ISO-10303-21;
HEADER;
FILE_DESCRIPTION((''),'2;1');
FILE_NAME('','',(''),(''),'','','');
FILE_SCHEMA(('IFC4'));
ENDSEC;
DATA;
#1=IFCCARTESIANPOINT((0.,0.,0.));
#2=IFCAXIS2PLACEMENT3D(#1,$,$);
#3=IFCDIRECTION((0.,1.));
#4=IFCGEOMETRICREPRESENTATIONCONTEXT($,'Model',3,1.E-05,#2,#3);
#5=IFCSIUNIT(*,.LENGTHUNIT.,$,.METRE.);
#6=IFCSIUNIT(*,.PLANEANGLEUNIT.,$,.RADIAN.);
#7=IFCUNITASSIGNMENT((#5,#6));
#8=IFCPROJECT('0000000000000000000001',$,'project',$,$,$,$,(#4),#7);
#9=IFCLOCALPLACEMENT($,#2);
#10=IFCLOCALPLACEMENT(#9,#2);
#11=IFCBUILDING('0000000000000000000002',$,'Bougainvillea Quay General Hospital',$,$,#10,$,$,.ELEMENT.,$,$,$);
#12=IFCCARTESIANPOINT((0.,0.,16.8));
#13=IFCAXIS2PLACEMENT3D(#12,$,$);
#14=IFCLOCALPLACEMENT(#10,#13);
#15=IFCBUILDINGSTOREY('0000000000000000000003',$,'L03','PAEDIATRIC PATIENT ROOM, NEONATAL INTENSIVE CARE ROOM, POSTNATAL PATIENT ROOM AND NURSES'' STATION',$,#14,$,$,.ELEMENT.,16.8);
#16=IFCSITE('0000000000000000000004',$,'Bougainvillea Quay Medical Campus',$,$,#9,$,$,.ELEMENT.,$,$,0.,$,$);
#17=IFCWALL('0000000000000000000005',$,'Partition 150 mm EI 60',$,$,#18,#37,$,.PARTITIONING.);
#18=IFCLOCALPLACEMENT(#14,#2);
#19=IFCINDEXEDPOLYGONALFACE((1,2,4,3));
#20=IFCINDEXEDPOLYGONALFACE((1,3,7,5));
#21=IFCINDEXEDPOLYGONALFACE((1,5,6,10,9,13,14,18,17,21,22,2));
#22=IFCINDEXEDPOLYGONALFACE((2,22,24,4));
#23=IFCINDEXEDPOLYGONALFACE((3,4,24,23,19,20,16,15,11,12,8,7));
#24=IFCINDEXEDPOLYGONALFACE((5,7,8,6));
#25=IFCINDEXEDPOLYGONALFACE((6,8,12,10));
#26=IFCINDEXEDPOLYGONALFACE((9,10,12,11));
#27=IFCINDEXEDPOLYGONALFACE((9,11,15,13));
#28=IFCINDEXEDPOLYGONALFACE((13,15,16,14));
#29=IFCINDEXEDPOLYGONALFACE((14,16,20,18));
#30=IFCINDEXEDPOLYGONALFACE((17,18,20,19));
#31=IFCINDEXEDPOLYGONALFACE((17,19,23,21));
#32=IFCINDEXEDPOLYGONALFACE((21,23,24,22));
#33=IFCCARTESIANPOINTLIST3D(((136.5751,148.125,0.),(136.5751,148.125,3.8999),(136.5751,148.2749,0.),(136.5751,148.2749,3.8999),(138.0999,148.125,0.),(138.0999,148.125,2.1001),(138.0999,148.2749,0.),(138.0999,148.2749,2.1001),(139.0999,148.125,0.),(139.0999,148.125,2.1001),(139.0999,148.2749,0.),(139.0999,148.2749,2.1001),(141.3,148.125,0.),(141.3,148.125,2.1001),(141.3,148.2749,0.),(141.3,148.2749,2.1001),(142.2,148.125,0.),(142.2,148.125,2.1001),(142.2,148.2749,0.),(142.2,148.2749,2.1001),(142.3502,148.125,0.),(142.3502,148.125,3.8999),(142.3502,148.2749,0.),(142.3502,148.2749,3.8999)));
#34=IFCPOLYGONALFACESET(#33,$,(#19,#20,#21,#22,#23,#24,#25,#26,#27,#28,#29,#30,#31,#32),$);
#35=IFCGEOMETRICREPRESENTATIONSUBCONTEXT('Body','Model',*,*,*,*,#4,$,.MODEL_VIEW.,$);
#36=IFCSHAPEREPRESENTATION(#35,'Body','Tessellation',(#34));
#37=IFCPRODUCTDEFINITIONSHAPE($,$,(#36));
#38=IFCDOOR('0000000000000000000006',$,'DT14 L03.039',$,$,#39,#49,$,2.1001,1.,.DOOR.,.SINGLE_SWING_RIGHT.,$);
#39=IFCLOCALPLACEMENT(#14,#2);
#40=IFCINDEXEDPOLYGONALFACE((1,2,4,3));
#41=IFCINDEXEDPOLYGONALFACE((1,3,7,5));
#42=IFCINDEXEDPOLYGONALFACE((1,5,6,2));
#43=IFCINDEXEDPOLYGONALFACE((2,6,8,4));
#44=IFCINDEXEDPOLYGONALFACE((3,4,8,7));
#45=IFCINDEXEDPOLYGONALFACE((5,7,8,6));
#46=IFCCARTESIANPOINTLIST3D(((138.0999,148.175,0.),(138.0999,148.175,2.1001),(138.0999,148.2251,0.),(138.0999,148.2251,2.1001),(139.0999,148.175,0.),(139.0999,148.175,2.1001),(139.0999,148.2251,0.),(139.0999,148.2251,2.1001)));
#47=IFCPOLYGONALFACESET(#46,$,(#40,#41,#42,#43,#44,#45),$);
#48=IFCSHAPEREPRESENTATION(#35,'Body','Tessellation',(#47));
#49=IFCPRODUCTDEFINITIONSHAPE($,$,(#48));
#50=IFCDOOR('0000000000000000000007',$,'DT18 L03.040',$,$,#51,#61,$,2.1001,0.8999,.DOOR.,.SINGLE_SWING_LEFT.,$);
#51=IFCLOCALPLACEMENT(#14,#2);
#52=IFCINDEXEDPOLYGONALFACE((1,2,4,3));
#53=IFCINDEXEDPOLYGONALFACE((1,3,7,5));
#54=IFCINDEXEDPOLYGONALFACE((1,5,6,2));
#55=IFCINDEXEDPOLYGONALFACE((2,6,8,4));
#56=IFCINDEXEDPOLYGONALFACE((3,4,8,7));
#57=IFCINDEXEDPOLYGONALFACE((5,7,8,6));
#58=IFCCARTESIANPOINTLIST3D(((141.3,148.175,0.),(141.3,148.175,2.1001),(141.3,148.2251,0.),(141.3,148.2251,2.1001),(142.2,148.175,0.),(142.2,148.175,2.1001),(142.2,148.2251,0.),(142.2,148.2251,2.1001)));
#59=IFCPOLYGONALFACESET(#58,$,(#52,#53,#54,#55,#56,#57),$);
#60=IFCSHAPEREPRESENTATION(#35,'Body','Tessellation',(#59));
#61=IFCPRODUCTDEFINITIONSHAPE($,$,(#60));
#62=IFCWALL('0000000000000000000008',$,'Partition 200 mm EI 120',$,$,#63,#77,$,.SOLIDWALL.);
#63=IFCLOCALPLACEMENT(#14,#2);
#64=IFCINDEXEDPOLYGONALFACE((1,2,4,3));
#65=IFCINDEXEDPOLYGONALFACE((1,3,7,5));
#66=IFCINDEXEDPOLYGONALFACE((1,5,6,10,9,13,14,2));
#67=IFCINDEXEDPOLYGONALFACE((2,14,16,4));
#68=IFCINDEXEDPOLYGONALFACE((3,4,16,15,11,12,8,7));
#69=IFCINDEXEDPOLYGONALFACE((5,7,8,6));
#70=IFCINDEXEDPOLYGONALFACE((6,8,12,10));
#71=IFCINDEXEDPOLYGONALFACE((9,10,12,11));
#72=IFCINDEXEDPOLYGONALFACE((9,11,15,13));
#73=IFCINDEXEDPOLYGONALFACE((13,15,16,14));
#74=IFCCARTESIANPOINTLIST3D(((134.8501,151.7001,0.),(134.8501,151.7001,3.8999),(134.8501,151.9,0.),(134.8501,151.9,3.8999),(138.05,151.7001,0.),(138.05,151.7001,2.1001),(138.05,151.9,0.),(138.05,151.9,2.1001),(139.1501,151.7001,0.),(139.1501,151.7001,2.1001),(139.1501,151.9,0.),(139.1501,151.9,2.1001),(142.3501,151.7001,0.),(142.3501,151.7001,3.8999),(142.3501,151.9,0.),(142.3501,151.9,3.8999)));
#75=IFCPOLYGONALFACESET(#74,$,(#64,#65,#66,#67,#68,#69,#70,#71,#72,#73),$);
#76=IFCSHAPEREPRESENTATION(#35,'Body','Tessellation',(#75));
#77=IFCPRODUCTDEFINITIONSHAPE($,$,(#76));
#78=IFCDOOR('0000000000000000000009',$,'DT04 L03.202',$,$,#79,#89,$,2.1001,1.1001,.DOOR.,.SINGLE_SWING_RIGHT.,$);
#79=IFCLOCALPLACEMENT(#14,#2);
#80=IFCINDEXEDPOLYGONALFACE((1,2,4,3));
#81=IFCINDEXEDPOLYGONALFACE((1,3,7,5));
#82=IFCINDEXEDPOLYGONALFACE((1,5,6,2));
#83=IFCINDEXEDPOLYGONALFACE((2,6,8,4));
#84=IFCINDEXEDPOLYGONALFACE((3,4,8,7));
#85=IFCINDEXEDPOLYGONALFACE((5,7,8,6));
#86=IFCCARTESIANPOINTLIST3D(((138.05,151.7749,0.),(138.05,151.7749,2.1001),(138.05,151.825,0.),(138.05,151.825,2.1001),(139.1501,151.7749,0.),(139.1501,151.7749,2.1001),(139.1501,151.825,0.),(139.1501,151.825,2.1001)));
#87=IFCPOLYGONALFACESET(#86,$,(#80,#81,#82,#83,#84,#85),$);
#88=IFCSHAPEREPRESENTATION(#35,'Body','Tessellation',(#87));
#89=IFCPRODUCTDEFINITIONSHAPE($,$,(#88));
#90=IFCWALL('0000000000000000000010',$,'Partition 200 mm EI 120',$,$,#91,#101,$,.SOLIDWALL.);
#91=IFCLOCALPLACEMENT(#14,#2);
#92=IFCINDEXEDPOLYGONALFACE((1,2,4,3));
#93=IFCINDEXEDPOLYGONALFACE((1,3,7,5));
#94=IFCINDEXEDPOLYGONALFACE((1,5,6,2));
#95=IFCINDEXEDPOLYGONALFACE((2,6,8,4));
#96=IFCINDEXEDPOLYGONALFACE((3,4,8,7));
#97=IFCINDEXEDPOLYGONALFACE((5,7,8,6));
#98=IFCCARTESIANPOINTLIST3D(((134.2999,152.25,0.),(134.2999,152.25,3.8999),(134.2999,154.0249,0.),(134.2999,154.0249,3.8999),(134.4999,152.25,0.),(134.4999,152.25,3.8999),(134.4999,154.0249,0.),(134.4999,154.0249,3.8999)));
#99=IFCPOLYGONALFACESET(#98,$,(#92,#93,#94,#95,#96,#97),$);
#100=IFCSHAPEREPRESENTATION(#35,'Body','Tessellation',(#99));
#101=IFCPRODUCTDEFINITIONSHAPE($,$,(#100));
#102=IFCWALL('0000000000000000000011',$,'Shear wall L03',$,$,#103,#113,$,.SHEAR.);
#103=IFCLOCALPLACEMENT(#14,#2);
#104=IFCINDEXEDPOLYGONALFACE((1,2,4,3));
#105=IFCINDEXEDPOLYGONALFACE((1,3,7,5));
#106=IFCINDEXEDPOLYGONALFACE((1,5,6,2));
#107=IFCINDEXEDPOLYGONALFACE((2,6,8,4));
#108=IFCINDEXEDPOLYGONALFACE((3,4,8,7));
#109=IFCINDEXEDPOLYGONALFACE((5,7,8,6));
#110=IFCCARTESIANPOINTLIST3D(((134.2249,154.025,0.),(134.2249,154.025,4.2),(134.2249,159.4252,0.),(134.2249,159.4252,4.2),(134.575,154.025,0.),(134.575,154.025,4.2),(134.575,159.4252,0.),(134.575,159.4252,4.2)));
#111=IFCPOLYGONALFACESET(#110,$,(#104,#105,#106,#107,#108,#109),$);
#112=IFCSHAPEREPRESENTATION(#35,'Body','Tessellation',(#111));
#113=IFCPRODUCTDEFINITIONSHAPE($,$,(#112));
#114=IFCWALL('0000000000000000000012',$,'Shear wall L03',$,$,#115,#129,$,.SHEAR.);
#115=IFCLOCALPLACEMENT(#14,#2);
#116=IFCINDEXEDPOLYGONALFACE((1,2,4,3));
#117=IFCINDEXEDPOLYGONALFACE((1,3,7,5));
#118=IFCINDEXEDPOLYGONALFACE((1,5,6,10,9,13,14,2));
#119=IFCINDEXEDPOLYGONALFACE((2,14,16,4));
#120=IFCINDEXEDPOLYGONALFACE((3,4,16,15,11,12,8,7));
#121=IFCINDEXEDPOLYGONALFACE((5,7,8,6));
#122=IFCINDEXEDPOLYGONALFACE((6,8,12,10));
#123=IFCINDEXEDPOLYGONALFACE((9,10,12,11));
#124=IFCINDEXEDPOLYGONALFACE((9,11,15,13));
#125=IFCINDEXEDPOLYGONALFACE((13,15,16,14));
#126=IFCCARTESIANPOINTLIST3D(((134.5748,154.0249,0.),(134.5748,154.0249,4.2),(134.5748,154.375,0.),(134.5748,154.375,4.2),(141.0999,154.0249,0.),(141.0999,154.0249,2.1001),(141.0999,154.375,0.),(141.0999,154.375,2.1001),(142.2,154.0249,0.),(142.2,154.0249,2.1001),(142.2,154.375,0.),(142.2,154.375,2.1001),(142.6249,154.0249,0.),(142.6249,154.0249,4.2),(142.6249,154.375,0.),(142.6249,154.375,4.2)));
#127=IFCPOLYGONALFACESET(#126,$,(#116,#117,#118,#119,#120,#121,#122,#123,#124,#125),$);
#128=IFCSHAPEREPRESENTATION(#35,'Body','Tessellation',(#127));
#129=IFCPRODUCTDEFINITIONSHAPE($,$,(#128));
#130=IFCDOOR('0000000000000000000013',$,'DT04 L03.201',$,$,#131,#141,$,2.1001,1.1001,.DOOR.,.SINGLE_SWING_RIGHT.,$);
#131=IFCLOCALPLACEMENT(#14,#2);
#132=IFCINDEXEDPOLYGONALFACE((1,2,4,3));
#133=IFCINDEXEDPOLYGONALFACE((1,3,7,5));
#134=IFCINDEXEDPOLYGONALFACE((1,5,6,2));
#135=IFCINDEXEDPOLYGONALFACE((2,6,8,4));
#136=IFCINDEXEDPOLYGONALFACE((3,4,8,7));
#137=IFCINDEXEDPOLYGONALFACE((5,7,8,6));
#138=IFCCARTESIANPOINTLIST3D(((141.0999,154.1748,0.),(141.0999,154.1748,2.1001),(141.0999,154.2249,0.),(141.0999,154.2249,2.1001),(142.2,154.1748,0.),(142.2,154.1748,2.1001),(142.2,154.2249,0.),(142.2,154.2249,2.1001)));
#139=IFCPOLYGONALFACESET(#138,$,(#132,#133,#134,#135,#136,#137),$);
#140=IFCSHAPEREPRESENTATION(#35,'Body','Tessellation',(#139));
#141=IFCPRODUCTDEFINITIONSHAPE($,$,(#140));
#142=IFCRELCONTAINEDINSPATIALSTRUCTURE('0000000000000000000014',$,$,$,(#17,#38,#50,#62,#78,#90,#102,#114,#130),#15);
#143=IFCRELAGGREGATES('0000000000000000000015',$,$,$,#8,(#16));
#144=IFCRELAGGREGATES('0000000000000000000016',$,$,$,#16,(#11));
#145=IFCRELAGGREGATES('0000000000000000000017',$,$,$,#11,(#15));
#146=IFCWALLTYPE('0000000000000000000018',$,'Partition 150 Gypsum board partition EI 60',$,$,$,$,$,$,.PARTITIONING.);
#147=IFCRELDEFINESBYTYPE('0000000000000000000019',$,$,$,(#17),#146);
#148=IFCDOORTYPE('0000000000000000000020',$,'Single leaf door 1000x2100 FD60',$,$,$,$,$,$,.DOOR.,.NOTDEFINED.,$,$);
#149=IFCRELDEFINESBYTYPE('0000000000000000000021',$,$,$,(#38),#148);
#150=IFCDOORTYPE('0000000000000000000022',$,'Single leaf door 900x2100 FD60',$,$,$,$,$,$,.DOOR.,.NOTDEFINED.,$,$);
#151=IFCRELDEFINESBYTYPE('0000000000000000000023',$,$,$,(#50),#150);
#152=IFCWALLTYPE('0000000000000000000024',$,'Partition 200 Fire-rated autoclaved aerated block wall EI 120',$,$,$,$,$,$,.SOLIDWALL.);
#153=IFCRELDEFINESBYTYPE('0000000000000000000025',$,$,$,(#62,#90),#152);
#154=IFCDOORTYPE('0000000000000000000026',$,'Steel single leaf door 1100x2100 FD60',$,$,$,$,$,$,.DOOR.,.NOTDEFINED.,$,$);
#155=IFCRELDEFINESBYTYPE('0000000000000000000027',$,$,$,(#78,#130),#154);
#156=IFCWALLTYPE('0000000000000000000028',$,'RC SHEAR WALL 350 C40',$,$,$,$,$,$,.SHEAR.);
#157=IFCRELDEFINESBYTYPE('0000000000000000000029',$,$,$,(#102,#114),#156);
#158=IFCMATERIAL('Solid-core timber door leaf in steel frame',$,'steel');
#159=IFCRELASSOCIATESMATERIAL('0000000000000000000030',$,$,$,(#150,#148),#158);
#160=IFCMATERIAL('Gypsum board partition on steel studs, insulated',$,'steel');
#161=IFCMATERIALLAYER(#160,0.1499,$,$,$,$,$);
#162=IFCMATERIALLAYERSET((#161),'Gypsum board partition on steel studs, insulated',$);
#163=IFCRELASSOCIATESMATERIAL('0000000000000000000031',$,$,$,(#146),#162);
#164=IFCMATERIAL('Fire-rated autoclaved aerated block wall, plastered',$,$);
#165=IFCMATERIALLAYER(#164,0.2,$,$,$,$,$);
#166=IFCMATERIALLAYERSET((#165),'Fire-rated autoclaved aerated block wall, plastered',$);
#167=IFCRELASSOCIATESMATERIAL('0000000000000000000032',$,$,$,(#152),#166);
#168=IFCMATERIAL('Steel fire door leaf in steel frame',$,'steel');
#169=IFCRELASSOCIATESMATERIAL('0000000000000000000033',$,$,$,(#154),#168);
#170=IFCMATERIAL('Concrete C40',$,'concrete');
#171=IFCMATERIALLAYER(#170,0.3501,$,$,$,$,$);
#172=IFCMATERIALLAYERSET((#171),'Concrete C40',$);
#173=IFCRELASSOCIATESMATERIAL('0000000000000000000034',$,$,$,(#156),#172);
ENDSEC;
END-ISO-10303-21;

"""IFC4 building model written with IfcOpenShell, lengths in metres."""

from ifc_helpers import new_model, si_unit, direction, frame, frame_2d, origin, place, context, subcontext, project, spatial, rectangle, extrude, material, layer, layer_set, type_object, element, fill, save


model = new_model("IFC4")

# Units and contexts
model_context = context("Model", 3, precision=1e-05, world=origin(), true_north=direction((0.0, 1.0)))
body_context = subcontext(model_context, "Body", "Model", "MODEL_VIEW")
ifc_project = project(units=[si_unit("LENGTHUNIT", "METRE"), si_unit("PLANEANGLEUNIT", "RADIAN")], contexts=[model_context])

# Site, building, storey
site_placement = place(None, origin())
site = spatial("IfcSite", under=ifc_project, at=site_placement, Name="Bougainvillea Quay Medical Campus", CompositionType="ELEMENT", RefElevation=0.0)
building_placement = place(site_placement, origin())
building = spatial("IfcBuilding", under=site, at=building_placement, Name="Bougainvillea Quay General Hospital", CompositionType="ELEMENT")
storey_placement = place(building_placement, frame((0.0, 0.0, 16.8)))
storey = spatial("IfcBuildingStorey", under=building, at=storey_placement, Name="L03", Description="PAEDIATRIC PATIENT ROOM, NEONATAL INTENSIVE CARE ROOM, POSTNATAL PATIENT ROOM AND NURSES' STATION", CompositionType="ELEMENT", Elevation=16.8)

# Shared definitions
ifc_material_1 = material(Name="Concrete C40", Category="concrete")

# Shared definitions
ifc_material_2 = material(Name="Gypsum board partition on steel studs, insulated", Category="steel")
ifc_material_3 = material(Name="Solid-core timber door leaf in steel frame", Category="steel")

# Wall, openings, doors
door_type_1 = type_object("IfcDoorType", Name="Single leaf door 900x2100 FD60", OperationType="NOTDEFINED", PredefinedType="DOOR", material=ifc_material_3)
ifc_layer_1 = layer(ifc_material_2, 0.1499)
ifc_layer_set_1 = layer_set([ifc_layer_1], Name="Gypsum board partition on steel studs, insulated")
wall_type_1 = type_object("IfcWallType", Name="Partition 150 Gypsum board partition EI 60", PredefinedType="PARTITIONING", material=ifc_layer_set_1)
wall_1_placement = place(storey_placement, frame((136.575, 148.2, 0.0), z_axis=(0.0, 0.0, 1.0), x_axis=(1.0, 0.0, 0.0)))
wall_1 = element("IfcWall", 1, at=wall_1_placement, inside=storey, type_object=wall_type_1, Name="Partition 150 mm EI 60", PredefinedType="PARTITIONING", context=body_context, shape_type="SweptSolid", body=[
    extrude(rectangle(XDim=5.7751, YDim=0.1499, at=frame_2d((2.8877, 0.0))), origin(), (0.0, 0.0, 1.0), 3.8999),
])
opening_1_placement = place(wall_1_placement, frame((1.5249, 0.0, 0.0)))
opening_1 = element("IfcOpeningElement", 2, at=opening_1_placement, cuts=wall_1, PredefinedType="OPENING", context=body_context, shape_type="SweptSolid", body=[
    extrude(rectangle(XDim=1.0, YDim=2.1001, at=frame_2d((0.5, 1.05))), frame((0.0, 0.085, 0.0), z_axis=(0.0, -1.0, 0.0), x_axis=(1.0, 0.0, 0.0)), (0.0, 0.0, 1.0), 0.1699),
])
opening_2_placement = place(wall_1_placement, frame((4.7251, 0.0, 0.0)))
opening_2 = element("IfcOpeningElement", 3, at=opening_2_placement, cuts=wall_1, PredefinedType="OPENING", context=body_context, shape_type="SweptSolid", body=[
    extrude(rectangle(XDim=0.8999, YDim=2.1001, at=frame_2d((0.45, 1.05))), frame((0.0, 0.085, 0.0), z_axis=(0.0, -1.0, 0.0), x_axis=(1.0, 0.0, 0.0)), (0.0, 0.0, 1.0), 0.1699),
])
door_type_2 = type_object("IfcDoorType", Name="Single leaf door 1000x2100 FD60", OperationType="NOTDEFINED", PredefinedType="DOOR", material=ifc_material_3)
door_1_placement = place(opening_1_placement, frame((1.0, 0.0, 0.0), z_axis=(0.0, 0.0, 1.0), x_axis=(-1.0, 0.0, 0.0)))
door_1 = element("IfcDoor", 4, at=door_1_placement, inside=storey, type_object=door_type_2, Name="DT14 L03.039", OperationType="SINGLE_SWING_RIGHT", OverallHeight=2.1001, OverallWidth=1.0, PredefinedType="DOOR", context=body_context, shape_type="SweptSolid", body=[
    extrude(rectangle(XDim=1.0, YDim=2.1001, at=frame_2d((0.5, 1.05))), frame((0.0, 0.0249, 0.0), z_axis=(0.0, -1.0, 0.0), x_axis=(1.0, 0.0, 0.0)), (0.0, 0.0, 1.0), 0.05),
])
fill(opening_1, door_1)
door_2_placement = place(opening_2_placement, frame((0.8999, 0.0, 0.0), z_axis=(0.0, 0.0, 1.0), x_axis=(-1.0, 0.0, 0.0)))
door_2 = element("IfcDoor", 5, at=door_2_placement, inside=storey, type_object=door_type_1, Name="DT18 L03.040", OperationType="SINGLE_SWING_LEFT", OverallHeight=2.1001, OverallWidth=0.8999, PredefinedType="DOOR", context=body_context, shape_type="SweptSolid", body=[
    extrude(rectangle(XDim=0.8999, YDim=2.1001, at=frame_2d((0.45, 1.05))), frame((0.0, 0.0249, 0.0), z_axis=(0.0, -1.0, 0.0), x_axis=(1.0, 0.0, 0.0)), (0.0, 0.0, 1.0), 0.05),
])
fill(opening_2, door_2)

# Wall, opening, door
ifc_material_4 = material(Name="Fire-rated autoclaved aerated block wall, plastered")
ifc_layer_2 = layer(ifc_material_4, 0.2)
ifc_layer_set_2 = layer_set([ifc_layer_2], Name="Fire-rated autoclaved aerated block wall, plastered")
wall_type_2 = type_object("IfcWallType", Name="Partition 200 Fire-rated autoclaved aerated block wall EI 120", PredefinedType="SOLIDWALL", material=ifc_layer_set_2)
wall_2_placement = place(storey_placement, frame((134.8501, 151.8, 0.0), z_axis=(0.0, 0.0, 1.0), x_axis=(1.0, 0.0, 0.0)))
wall_2 = element("IfcWall", 6, at=wall_2_placement, inside=storey, type_object=wall_type_2, Name="Partition 200 mm EI 120", PredefinedType="SOLIDWALL", context=body_context, shape_type="SweptSolid", body=[
    extrude(rectangle(XDim=7.5, YDim=0.2, at=frame_2d((3.75, 0.0))), origin(), (0.0, 0.0, 1.0), 3.8999),
])
opening_3_placement = place(wall_2_placement, frame((3.2, 0.0, 0.0)))
opening_3 = element("IfcOpeningElement", 7, at=opening_3_placement, cuts=wall_2, PredefinedType="OPENING", context=body_context, shape_type="SweptSolid", body=[
    extrude(rectangle(XDim=1.1001, YDim=2.1001, at=frame_2d((0.55, 1.05))), frame((0.0, 0.1099, 0.0), z_axis=(0.0, -1.0, 0.0), x_axis=(1.0, 0.0, 0.0)), (0.0, 0.0, 1.0), 0.22),
])
ifc_material_5 = material(Name="Steel fire door leaf in steel frame", Category="steel")
door_type_3 = type_object("IfcDoorType", Name="Steel single leaf door 1100x2100 FD60", OperationType="NOTDEFINED", PredefinedType="DOOR", material=ifc_material_5)
door_3_placement = place(opening_3_placement, origin())
door_3 = element("IfcDoor", 8, at=door_3_placement, inside=storey, type_object=door_type_3, Name="DT04 L03.202", OperationType="SINGLE_SWING_RIGHT", OverallHeight=2.1001, OverallWidth=1.1001, PredefinedType="DOOR", context=body_context, shape_type="SweptSolid", body=[
    extrude(rectangle(XDim=1.1001, YDim=2.1001, at=frame_2d((0.55, 1.05))), frame((0.0, 0.0249, 0.0), z_axis=(0.0, -1.0, 0.0), x_axis=(1.0, 0.0, 0.0)), (0.0, 0.0, 1.0), 0.05),
])
fill(opening_3, door_3)

# Walls
wall_3_placement = place(storey_placement, frame((134.3999, 152.25, 0.0), z_axis=(0.0, 0.0, 1.0), x_axis=(0.0, 1.0, 0.0)))
element("IfcWall", 9, at=wall_3_placement, inside=storey, type_object=wall_type_2, Name="Partition 200 mm EI 120", PredefinedType="SOLIDWALL", context=body_context, shape_type="SweptSolid", body=[
    extrude(rectangle(XDim=1.7749, YDim=0.2, at=frame_2d((0.8875, 0.0))), origin(), (0.0, 0.0, 1.0), 3.8999),
])
ifc_layer_3 = layer(ifc_material_1, 0.3501)
ifc_layer_set_3 = layer_set([ifc_layer_3], Name="Concrete C40")
wall_type_3 = type_object("IfcWallType", Name="RC SHEAR WALL 350 C40", PredefinedType="SHEAR", material=ifc_layer_set_3)
wall_4_placement = place(storey_placement, frame((134.3999, 154.0249, 0.0), z_axis=(0.0, 0.0, 1.0), x_axis=(0.0, 1.0, 0.0)))
element("IfcWall", 10, at=wall_4_placement, inside=storey, type_object=wall_type_3, Name="Shear wall L03", PredefinedType="SHEAR", context=body_context, shape_type="SweptSolid", body=[
    extrude(rectangle(XDim=5.4001, YDim=0.3501, at=frame_2d((2.7002, 0.0))), origin(), (0.0, 0.0, 1.0), 4.2),
])

# Wall, opening, door
wall_5_placement = place(storey_placement, frame((134.575, 154.2, 0.0), z_axis=(0.0, 0.0, 1.0), x_axis=(1.0, 0.0, 0.0)))
wall_5 = element("IfcWall", 11, at=wall_5_placement, inside=storey, type_object=wall_type_3, Name="Shear wall L03", PredefinedType="SHEAR", context=body_context, shape_type="SweptSolid", body=[
    extrude(rectangle(XDim=8.05, YDim=0.3501, at=frame_2d((4.0249, 0.0))), origin(), (0.0, 0.0, 1.0), 4.2),
])
opening_4_placement = place(wall_5_placement, frame((6.5249, 0.0, 0.0)))
opening_4 = element("IfcOpeningElement", 12, at=opening_4_placement, cuts=wall_5, PredefinedType="OPENING", context=body_context, shape_type="SweptSolid", body=[
    extrude(rectangle(XDim=1.1001, YDim=2.1001, at=frame_2d((0.55, 1.05))), frame((0.0, 0.1851, 0.0), z_axis=(0.0, -1.0, 0.0), x_axis=(1.0, 0.0, 0.0)), (0.0, 0.0, 1.0), 0.3701),
])
door_4_placement = place(opening_4_placement, origin())
door_4 = element("IfcDoor", 13, at=door_4_placement, inside=storey, type_object=door_type_3, Name="DT04 L03.201", OperationType="SINGLE_SWING_RIGHT", OverallHeight=2.1001, OverallWidth=1.1001, PredefinedType="DOOR", context=body_context, shape_type="SweptSolid", body=[
    extrude(rectangle(XDim=1.1001, YDim=2.1001, at=frame_2d((0.55, 1.05))), frame((0.0, 0.0249, 0.0), z_axis=(0.0, -1.0, 0.0), x_axis=(1.0, 0.0, 0.0)), (0.0, 0.0, 1.0), 0.05),
])
fill(opening_4, door_4)

save(model, "model.ifc")
